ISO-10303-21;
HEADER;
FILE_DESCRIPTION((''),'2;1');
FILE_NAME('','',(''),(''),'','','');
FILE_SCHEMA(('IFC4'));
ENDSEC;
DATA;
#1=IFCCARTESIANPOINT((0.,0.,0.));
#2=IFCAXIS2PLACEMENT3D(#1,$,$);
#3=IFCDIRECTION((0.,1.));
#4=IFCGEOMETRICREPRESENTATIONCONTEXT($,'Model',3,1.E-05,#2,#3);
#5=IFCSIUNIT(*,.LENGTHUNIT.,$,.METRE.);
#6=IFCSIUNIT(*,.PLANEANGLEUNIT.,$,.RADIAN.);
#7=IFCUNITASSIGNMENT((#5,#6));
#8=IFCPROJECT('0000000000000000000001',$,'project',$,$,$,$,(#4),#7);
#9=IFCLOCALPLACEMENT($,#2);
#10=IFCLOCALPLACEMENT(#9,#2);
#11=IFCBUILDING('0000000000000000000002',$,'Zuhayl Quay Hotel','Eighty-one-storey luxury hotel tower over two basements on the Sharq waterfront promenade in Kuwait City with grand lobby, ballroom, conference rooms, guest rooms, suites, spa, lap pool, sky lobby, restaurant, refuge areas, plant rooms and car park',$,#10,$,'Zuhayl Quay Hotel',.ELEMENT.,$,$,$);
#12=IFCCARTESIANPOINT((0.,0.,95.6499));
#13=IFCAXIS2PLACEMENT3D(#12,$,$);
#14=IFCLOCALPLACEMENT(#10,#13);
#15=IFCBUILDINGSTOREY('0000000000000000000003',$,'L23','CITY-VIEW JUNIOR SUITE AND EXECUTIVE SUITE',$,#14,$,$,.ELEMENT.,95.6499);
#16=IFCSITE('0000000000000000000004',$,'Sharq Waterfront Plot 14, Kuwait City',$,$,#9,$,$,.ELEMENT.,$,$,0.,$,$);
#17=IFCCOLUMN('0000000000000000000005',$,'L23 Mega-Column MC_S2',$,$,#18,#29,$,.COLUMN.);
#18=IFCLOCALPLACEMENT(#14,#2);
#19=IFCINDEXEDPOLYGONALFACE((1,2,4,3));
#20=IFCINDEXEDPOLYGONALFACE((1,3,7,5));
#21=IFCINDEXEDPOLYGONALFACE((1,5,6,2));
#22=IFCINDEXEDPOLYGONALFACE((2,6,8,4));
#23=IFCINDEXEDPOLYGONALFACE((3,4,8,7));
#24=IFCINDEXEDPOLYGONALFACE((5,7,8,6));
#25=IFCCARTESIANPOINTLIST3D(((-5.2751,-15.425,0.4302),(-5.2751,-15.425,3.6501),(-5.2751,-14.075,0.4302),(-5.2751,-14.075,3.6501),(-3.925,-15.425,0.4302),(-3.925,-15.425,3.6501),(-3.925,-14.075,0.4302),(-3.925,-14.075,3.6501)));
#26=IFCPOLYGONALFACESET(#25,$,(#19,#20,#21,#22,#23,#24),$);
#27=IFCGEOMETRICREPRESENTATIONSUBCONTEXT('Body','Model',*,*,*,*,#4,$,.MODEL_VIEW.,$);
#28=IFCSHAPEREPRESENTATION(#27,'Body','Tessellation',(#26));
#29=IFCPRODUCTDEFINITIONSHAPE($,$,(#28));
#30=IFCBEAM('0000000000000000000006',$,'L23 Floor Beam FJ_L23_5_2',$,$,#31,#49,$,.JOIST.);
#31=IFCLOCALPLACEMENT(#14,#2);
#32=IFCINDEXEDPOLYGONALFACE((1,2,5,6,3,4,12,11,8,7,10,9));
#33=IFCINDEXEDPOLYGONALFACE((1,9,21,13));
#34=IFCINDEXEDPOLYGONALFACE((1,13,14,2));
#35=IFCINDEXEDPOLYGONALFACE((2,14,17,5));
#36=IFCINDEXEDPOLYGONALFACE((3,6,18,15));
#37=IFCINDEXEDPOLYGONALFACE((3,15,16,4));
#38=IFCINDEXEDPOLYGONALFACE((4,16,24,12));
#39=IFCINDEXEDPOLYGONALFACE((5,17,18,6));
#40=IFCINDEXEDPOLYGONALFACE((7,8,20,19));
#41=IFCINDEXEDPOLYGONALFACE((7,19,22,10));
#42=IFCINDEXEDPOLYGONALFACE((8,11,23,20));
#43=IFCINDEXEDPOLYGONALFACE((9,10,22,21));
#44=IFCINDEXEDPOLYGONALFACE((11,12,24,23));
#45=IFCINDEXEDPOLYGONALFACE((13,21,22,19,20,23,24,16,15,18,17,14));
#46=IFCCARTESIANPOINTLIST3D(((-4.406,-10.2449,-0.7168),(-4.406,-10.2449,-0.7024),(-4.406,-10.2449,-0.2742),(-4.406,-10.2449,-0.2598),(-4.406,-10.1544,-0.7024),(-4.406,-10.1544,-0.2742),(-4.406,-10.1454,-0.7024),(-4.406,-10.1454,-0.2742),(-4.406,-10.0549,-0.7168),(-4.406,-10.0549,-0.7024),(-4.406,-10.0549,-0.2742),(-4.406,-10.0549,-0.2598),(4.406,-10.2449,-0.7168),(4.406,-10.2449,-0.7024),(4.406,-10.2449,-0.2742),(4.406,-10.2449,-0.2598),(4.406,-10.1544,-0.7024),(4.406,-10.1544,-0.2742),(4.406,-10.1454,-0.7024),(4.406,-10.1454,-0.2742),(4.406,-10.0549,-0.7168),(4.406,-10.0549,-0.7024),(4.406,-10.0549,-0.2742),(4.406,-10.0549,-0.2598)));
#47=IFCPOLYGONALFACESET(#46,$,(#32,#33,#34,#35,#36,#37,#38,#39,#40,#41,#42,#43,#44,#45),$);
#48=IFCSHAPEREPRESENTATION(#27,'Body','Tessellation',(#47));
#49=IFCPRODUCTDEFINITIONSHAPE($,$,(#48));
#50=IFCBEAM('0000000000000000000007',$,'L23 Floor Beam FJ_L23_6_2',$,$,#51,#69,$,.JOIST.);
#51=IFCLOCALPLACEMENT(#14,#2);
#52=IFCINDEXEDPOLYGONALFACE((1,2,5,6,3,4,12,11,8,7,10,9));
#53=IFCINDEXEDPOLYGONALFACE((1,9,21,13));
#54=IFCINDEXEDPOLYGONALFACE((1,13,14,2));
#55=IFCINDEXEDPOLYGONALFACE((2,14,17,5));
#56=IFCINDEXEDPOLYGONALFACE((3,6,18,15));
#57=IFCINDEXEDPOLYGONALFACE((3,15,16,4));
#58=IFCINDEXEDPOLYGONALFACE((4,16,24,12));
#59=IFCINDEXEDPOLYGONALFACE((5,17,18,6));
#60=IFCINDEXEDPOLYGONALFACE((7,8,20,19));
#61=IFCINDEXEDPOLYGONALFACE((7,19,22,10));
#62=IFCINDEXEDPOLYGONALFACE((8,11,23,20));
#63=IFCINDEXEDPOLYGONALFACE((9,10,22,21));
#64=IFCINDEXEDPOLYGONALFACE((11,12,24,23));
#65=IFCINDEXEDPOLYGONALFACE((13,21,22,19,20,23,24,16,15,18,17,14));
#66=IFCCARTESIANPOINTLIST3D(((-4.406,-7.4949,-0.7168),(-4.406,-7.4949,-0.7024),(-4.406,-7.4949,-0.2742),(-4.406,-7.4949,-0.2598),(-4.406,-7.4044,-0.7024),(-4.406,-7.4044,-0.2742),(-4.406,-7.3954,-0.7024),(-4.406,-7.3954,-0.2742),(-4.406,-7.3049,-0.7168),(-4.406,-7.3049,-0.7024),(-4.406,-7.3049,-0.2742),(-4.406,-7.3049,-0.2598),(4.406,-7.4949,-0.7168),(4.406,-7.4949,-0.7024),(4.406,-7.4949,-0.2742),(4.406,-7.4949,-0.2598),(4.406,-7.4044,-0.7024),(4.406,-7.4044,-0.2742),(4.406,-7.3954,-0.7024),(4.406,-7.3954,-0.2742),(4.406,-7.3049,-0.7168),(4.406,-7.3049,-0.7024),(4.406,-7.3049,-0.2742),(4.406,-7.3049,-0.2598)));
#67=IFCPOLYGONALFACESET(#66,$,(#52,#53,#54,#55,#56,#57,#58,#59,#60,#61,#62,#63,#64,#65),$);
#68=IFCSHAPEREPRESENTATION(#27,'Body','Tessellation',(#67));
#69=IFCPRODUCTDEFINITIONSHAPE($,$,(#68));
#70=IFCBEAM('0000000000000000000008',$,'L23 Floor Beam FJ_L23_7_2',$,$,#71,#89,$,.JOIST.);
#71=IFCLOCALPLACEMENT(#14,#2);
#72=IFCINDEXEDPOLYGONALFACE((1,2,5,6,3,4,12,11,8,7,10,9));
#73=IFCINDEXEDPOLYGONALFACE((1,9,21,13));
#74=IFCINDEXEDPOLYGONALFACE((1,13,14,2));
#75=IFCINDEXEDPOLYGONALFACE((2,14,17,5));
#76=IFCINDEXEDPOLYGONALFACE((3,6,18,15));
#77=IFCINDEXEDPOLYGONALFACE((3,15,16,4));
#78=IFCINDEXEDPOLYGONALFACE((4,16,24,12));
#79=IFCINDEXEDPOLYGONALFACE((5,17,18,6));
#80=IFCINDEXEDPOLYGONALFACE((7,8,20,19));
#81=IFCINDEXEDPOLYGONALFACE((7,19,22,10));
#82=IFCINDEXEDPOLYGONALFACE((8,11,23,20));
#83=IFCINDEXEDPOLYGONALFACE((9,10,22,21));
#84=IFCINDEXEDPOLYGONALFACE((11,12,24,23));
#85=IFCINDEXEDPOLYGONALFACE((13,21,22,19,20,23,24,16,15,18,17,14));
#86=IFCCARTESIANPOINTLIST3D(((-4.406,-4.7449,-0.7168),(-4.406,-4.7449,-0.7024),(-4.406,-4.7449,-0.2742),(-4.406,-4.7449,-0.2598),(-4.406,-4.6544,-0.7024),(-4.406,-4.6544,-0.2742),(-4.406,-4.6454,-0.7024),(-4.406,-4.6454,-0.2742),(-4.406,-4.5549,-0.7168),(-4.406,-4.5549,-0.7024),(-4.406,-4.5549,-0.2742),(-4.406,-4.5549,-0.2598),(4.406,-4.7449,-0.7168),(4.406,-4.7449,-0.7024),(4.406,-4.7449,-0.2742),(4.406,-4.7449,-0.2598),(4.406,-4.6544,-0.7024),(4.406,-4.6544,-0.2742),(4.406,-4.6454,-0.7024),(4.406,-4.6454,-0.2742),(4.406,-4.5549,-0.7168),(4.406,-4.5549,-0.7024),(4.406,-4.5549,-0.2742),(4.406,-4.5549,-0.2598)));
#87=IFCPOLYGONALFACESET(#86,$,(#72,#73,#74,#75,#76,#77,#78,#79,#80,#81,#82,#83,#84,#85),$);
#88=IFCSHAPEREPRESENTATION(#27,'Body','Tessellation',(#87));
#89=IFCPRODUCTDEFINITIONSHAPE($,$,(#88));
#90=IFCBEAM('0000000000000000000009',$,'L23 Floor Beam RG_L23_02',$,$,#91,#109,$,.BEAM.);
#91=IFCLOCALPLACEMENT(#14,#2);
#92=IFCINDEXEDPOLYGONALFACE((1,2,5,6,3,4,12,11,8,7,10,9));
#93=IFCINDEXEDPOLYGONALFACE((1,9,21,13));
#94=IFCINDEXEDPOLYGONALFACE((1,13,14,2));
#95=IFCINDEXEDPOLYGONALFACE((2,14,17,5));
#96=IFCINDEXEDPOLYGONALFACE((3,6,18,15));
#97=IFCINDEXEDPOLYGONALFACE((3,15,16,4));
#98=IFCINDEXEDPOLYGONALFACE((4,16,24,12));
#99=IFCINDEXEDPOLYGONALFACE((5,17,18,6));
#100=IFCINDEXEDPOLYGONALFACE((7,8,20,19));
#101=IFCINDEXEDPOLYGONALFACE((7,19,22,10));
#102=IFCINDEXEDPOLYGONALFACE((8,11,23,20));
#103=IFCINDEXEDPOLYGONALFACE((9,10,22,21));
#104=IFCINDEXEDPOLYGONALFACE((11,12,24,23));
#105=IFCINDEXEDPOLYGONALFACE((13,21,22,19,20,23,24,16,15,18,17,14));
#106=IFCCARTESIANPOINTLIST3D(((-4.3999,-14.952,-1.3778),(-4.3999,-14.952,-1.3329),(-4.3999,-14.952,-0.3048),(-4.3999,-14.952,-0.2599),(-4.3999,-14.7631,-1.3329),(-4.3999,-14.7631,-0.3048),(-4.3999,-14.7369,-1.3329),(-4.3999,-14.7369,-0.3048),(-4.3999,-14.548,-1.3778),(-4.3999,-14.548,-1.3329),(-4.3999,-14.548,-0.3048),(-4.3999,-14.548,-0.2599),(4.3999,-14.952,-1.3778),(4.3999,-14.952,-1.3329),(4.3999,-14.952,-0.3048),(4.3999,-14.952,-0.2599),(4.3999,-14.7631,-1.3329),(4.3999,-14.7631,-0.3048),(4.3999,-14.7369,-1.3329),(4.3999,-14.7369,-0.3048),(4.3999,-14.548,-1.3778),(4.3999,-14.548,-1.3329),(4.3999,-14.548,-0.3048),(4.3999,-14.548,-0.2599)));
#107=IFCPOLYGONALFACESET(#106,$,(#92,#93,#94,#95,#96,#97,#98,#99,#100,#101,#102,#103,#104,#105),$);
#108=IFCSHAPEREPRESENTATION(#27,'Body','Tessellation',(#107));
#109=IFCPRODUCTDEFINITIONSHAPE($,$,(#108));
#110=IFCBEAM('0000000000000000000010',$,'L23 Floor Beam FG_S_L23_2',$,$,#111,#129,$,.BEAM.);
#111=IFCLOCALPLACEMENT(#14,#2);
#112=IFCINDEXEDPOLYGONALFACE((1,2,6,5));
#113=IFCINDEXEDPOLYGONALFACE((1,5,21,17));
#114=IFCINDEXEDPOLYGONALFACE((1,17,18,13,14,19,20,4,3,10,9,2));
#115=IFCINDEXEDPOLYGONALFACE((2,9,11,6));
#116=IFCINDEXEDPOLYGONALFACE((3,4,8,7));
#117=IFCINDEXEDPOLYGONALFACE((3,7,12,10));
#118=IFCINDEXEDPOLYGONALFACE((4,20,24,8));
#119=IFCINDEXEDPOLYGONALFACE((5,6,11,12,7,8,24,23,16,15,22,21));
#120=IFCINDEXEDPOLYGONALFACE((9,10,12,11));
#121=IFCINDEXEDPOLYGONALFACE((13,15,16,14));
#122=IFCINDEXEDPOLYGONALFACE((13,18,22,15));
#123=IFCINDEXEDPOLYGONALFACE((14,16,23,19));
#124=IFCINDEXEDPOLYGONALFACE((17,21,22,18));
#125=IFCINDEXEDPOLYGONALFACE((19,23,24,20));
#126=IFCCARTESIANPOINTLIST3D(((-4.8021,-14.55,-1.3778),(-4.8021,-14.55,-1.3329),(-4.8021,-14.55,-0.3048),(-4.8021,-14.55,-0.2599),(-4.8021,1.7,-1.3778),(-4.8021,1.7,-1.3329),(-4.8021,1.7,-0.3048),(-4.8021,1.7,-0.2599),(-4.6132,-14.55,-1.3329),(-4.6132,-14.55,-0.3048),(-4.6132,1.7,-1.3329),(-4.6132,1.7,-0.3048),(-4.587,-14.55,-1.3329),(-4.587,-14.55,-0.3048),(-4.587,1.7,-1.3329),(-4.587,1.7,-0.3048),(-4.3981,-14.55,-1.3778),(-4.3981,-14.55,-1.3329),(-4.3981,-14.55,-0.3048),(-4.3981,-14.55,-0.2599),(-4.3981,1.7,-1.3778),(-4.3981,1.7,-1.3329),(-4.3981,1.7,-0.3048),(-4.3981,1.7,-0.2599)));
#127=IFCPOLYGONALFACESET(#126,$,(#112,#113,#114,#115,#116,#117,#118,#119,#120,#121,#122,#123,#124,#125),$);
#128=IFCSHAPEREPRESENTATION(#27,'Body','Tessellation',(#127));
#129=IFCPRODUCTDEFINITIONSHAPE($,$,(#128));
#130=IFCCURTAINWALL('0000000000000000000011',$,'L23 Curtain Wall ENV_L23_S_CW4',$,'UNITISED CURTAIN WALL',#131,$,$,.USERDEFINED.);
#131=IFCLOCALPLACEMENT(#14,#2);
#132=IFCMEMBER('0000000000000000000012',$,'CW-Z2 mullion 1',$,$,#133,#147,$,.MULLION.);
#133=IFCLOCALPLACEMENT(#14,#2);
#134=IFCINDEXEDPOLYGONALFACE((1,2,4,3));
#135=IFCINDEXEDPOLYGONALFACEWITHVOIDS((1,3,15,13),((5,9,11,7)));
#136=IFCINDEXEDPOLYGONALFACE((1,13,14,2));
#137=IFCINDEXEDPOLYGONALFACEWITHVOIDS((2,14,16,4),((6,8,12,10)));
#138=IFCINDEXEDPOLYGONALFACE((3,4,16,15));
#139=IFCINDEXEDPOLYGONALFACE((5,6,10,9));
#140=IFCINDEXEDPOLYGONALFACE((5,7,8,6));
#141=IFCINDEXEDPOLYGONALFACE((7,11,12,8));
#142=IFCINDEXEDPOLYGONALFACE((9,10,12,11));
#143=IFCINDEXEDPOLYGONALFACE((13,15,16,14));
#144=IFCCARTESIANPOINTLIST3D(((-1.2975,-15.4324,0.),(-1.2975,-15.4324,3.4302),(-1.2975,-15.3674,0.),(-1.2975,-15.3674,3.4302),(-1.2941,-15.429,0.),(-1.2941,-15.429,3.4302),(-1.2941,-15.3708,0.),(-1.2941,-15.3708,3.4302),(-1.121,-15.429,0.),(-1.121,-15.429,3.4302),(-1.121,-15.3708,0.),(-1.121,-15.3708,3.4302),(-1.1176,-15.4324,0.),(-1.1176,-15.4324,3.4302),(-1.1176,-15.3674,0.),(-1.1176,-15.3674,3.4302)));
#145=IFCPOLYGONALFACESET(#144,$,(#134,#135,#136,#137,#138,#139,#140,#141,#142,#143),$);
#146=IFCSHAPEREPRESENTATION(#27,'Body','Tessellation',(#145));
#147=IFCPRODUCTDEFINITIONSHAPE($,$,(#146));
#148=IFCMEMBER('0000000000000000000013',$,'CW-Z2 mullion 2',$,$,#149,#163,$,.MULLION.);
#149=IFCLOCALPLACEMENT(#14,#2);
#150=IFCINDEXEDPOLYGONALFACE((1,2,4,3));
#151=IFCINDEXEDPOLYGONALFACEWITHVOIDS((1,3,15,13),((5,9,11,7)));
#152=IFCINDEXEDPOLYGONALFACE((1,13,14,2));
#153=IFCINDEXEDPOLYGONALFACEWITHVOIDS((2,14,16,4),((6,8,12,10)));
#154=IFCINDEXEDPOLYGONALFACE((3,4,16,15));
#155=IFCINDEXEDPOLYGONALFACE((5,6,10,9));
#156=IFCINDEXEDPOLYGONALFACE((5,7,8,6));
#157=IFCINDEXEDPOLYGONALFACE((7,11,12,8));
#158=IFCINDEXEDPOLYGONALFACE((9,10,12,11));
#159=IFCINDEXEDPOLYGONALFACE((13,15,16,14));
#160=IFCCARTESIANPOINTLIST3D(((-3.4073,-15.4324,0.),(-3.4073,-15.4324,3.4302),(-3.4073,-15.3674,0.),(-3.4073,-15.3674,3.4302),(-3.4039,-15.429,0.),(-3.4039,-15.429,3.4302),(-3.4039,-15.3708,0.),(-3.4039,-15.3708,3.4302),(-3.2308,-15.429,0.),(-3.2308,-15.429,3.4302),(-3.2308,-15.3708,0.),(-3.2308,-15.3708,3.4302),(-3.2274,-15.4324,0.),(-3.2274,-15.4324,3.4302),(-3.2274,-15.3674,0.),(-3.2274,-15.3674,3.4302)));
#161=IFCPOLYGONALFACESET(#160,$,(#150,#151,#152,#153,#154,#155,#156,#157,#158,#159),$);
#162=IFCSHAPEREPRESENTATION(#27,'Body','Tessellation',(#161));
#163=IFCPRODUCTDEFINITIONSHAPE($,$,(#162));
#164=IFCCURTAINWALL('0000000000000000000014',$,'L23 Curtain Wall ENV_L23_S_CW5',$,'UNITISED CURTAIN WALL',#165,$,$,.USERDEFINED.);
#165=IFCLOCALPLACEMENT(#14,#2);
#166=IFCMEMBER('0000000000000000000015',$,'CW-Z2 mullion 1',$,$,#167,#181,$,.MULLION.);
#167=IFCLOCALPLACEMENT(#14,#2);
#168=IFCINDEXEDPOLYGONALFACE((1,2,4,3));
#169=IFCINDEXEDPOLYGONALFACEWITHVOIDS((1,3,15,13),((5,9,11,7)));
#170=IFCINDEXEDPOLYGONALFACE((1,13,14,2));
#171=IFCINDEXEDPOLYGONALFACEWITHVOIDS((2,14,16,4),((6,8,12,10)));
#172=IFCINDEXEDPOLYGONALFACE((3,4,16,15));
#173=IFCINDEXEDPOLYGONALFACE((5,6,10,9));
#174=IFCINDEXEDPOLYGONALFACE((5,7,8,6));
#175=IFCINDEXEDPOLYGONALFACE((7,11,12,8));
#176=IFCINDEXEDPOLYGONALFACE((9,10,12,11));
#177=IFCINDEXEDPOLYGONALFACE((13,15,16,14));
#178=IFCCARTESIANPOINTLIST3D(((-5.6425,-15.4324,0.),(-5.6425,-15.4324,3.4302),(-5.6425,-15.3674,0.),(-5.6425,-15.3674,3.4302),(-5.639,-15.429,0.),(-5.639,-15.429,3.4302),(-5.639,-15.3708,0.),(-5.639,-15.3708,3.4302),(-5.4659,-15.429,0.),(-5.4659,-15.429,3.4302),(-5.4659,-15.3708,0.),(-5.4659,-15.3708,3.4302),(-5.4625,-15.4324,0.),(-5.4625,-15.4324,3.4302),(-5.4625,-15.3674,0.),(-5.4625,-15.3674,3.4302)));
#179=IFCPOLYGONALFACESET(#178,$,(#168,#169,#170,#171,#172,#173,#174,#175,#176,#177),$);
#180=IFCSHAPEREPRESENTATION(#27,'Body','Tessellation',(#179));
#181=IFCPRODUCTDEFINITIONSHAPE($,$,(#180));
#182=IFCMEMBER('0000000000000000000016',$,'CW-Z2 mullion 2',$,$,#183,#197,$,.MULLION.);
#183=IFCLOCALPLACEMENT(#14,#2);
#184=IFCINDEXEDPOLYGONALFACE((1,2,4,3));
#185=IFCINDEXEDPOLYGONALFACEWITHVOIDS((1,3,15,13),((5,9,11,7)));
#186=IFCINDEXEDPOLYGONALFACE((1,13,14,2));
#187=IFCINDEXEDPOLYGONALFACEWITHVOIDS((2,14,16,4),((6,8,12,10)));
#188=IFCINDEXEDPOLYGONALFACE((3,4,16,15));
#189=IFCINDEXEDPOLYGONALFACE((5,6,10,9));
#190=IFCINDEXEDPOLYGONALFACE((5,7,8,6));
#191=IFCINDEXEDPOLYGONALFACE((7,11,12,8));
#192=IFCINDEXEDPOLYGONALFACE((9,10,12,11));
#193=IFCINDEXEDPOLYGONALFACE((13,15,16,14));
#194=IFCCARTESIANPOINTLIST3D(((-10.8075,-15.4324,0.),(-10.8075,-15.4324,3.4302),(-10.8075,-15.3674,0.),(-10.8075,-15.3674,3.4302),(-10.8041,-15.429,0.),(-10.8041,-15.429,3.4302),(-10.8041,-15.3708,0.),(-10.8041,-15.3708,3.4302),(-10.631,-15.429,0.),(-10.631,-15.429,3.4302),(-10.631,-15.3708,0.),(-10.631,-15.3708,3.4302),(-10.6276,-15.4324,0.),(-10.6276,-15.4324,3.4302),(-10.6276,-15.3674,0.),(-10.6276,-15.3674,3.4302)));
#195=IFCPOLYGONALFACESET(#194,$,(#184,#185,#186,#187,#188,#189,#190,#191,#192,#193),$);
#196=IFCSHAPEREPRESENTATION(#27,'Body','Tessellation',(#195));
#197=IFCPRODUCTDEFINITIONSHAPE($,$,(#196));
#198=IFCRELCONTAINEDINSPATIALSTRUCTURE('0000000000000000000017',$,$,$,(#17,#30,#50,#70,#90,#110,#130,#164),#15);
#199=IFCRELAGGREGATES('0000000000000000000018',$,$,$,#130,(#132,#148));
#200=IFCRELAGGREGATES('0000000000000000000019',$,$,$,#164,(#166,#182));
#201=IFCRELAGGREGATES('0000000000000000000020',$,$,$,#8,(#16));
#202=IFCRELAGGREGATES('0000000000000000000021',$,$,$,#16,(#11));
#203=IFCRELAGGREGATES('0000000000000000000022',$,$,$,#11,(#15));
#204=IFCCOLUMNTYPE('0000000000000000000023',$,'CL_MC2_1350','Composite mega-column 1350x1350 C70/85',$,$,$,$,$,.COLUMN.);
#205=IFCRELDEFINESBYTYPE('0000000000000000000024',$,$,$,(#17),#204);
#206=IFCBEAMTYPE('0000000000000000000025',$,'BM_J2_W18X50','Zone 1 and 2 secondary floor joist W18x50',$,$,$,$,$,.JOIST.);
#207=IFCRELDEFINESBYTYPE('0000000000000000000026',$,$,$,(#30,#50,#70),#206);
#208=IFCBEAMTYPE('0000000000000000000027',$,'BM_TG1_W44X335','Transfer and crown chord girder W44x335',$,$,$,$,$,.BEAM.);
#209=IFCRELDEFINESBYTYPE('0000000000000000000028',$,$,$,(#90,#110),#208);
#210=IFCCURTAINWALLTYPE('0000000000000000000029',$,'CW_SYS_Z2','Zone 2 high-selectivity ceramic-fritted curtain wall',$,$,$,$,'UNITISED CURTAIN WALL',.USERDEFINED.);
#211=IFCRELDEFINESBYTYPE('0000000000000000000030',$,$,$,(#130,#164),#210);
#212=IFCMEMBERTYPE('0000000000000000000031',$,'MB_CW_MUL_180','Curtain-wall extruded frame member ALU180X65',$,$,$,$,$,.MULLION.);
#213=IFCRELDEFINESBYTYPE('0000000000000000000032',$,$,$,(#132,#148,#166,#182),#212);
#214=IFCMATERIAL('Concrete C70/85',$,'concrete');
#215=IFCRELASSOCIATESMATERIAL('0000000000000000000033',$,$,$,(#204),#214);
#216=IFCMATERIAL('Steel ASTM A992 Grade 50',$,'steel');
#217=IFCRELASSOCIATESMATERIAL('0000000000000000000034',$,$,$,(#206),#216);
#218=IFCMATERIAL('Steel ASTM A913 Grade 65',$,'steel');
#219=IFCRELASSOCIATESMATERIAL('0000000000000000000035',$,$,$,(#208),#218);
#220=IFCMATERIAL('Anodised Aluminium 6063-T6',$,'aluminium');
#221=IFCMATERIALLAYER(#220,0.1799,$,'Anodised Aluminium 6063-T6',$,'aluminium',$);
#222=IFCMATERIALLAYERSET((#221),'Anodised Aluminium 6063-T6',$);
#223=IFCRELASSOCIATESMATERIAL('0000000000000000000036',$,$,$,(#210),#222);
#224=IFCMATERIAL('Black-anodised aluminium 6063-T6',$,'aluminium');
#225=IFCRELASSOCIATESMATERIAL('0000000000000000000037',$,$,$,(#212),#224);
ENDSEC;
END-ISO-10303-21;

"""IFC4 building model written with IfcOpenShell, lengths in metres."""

from ifc_helpers import new_model, si_unit, direction, frame, origin, origin_2d, place, context, subcontext, project, spatial, rectangle, hollow_rectangle, i_section, extrude, material, layer, layer_set, material_profile, profile_set, type_object, element, aggregate, save


model = new_model("IFC4")

# Units and contexts
model_context = context("Model", 3, precision=1e-05, world=origin(), true_north=direction((0.0, 1.0)))
body_context = subcontext(model_context, "Body", "Model", "MODEL_VIEW")
ifc_project = project(units=[si_unit("LENGTHUNIT", "METRE"), si_unit("PLANEANGLEUNIT", "RADIAN")], contexts=[model_context])

# Site, building, storey
site_placement = place(None, origin())
site = spatial("IfcSite", under=ifc_project, at=site_placement, Name="Sharq Waterfront Plot 14, Kuwait City", CompositionType="ELEMENT", RefElevation=0.0)
building_placement = place(site_placement, origin())
building = spatial("IfcBuilding", under=site, at=building_placement, Name="Zuhayl Quay Hotel", Description="Eighty-one-storey luxury hotel tower over two basements on the Sharq waterfront promenade in Kuwait City with grand lobby, ballroom, conference rooms, guest rooms, suites, spa, lap pool, sky lobby, restaurant, refuge areas, plant rooms and car park", LongName="Zuhayl Quay Hotel", CompositionType="ELEMENT")
storey_placement = place(building_placement, frame((0.0, 0.0, 95.6499)))
storey = spatial("IfcBuildingStorey", under=building, at=storey_placement, Name="L23", Description="CITY-VIEW JUNIOR SUITE AND EXECUTIVE SUITE", CompositionType="ELEMENT", Elevation=95.6499)

# Column
ifc_material_1 = material(Name="Concrete C70/85", Category="concrete")
ifc_material_profile_1 = material_profile(ifc_material_1, rectangle(XDim=1.3501, YDim=1.3501, at=origin_2d()), Name="RC1350X1350")
ifc_profile_set_1 = profile_set([ifc_material_profile_1], Name="Concrete C70/85")
column_type = type_object("IfcColumnType", Name="CL_MC2_1350", Description="Composite mega-column 1350x1350 C70/85", PredefinedType="COLUMN", material=ifc_profile_set_1)
column_placement = place(storey_placement, frame((-4.6001, -14.75, 0.4302), z_axis=(0.0, 0.0, 1.0), x_axis=(1.0, 0.0, 0.0)))
element("IfcColumn", 1, at=column_placement, inside=storey, type_object=column_type, Name="L23 Mega-Column MC_S2", PredefinedType="COLUMN", context=body_context, shape_type="SweptSolid", body=[
    extrude(rectangle(XDim=1.3501, YDim=1.3501, at=origin_2d()), origin(), (0.0, 0.0, 1.0), 3.22),
])

# Beams
ifc_material_2 = material(Name="Steel ASTM A992 Grade 50", Category="steel")
ifc_material_profile_2 = material_profile(ifc_material_2, i_section(OverallWidth=0.1899, OverallDepth=0.457, WebThickness=0.009, FlangeThickness=0.0144, at=origin_2d()), Name="W18X50")
ifc_profile_set_2 = profile_set([ifc_material_profile_2], Name="Steel ASTM A992 Grade 50")
beam_type_1 = type_object("IfcBeamType", Name="BM_J2_W18X50", Description="Zone 1 and 2 secondary floor joist W18x50", PredefinedType="JOIST", material=ifc_profile_set_2)
for number, where, z_axis, x_axis, name in (
    (2, (-4.406, -10.1499, -0.4883), (1.0, 0.0, 0.0), (0.0, 1.0, 0.0), "L23 Floor Beam FJ_L23_5_2"),
    (3, (-4.406, -7.3999, -0.4883), (1.0, 0.0, 0.0), (0.0, 1.0, 0.0), "L23 Floor Beam FJ_L23_6_2"),
    (4, (-4.406, -4.6499, -0.4883), (1.0, 0.0, 0.0), (0.0, 1.0, 0.0), "L23 Floor Beam FJ_L23_7_2"),
):
    element("IfcBeam", number, at=place(storey_placement, frame(where, z_axis=z_axis, x_axis=x_axis)), inside=storey, type_object=beam_type_1, Name=name, PredefinedType="JOIST", context=body_context, shape_type="SweptSolid", body=[
        extrude(i_section(OverallWidth=0.1899, OverallDepth=0.457, WebThickness=0.009, FlangeThickness=0.0144, at=origin_2d()), origin(), (0.0, 0.0, 1.0), 8.812),
    ])
ifc_material_3 = material(Name="Steel ASTM A913 Grade 65", Category="steel")
ifc_material_profile_3 = material_profile(ifc_material_3, i_section(OverallWidth=0.4041, OverallDepth=1.1179, WebThickness=0.0261, FlangeThickness=0.0449, at=origin_2d()), Name="W44X335")
ifc_profile_set_3 = profile_set([ifc_material_profile_3], Name="Steel ASTM A913 Grade 65")
beam_type_2 = type_object("IfcBeamType", Name="BM_TG1_W44X335", Description="Transfer and crown chord girder W44x335", PredefinedType="BEAM", material=ifc_profile_set_3)
beam_1_placement = place(storey_placement, frame((-4.3999, -14.75, -0.8188), z_axis=(1.0, 0.0, 0.0), x_axis=(0.0, 1.0, 0.0)))
element("IfcBeam", 5, at=beam_1_placement, inside=storey, type_object=beam_type_2, Name="L23 Floor Beam RG_L23_02", PredefinedType="BEAM", context=body_context, shape_type="SweptSolid", body=[
    extrude(i_section(OverallWidth=0.4041, OverallDepth=1.1179, WebThickness=0.0261, FlangeThickness=0.0449, at=origin_2d()), origin(), (0.0, 0.0, 1.0), 8.7998),
])
beam_2_placement = place(storey_placement, frame((-4.6001, -14.55, -0.8188), z_axis=(0.0, 1.0, 0.0), x_axis=(-1.0, 0.0, 0.0)))
element("IfcBeam", 6, at=beam_2_placement, inside=storey, type_object=beam_type_2, Name="L23 Floor Beam FG_S_L23_2", PredefinedType="BEAM", context=body_context, shape_type="SweptSolid", body=[
    extrude(i_section(OverallWidth=0.4041, OverallDepth=1.1179, WebThickness=0.0261, FlangeThickness=0.0449, at=origin_2d()), origin(), (0.0, 0.0, 1.0), 16.25),
])

# Curtain walls, members
ifc_material_4 = material(Name="Anodised Aluminium 6063-T6", Category="aluminium")
ifc_layer_1 = layer(ifc_material_4, 0.1799, Name="Anodised Aluminium 6063-T6", Category="aluminium")
ifc_layer_set_1 = layer_set([ifc_layer_1], Name="Anodised Aluminium 6063-T6")
curtain_wall_type = type_object("IfcCurtainWallType", Name="CW_SYS_Z2", Description="Zone 2 high-selectivity ceramic-fritted curtain wall", ElementType="UNITISED CURTAIN WALL", PredefinedType="USERDEFINED", material=ifc_layer_set_1)
curtain_wall_1_placement = place(storey_placement, origin())
curtain_wall_1 = element("IfcCurtainWall", 7, at=curtain_wall_1_placement, inside=storey, type_object=curtain_wall_type, Name="L23 Curtain Wall ENV_L23_S_CW4", ObjectType="UNITISED CURTAIN WALL", PredefinedType="USERDEFINED")
ifc_material_5 = material(Name="Black-anodised aluminium 6063-T6", Category="aluminium")
ifc_material_profile_4 = material_profile(ifc_material_5, hollow_rectangle(XDim=0.0649, YDim=0.1799, WallThickness=0.0034, at=origin_2d()), Name="ALU180X65")
ifc_profile_set_4 = profile_set([ifc_material_profile_4], Name="Black-anodised aluminium 6063-T6")
member_type_1 = type_object("IfcMemberType", Name="MB_CW_MUL_180", Description="Curtain-wall extruded frame member ALU180X65", PredefinedType="MULLION", material=ifc_profile_set_4)
member_1_placement = place(storey_placement, frame((-1.2075, -15.3999, 0.0), z_axis=(0.0, 0.0, 1.0), x_axis=(0.0, -1.0, 0.0)))
member_1 = element("IfcMember", 8, at=member_1_placement, type_object=member_type_1, Name="CW-Z2 mullion 1", PredefinedType="MULLION", context=body_context, shape_type="SweptSolid", body=[
    extrude(hollow_rectangle(XDim=0.0649, YDim=0.1799, WallThickness=0.0034, at=origin_2d()), origin(), (0.0, 0.0, 1.0), 3.4302),
])
member_2_placement = place(storey_placement, frame((-3.3174, -15.3999, 0.0), z_axis=(0.0, 0.0, 1.0), x_axis=(0.0, -1.0, 0.0)))
member_2 = element("IfcMember", 9, at=member_2_placement, type_object=member_type_1, Name="CW-Z2 mullion 2", PredefinedType="MULLION", context=body_context, shape_type="SweptSolid", body=[
    extrude(hollow_rectangle(XDim=0.0649, YDim=0.1799, WallThickness=0.0034, at=origin_2d()), origin(), (0.0, 0.0, 1.0), 3.4302),
])
curtain_wall_2_placement = place(storey_placement, origin())
curtain_wall_2 = element("IfcCurtainWall", 10, at=curtain_wall_2_placement, inside=storey, type_object=curtain_wall_type, Name="L23 Curtain Wall ENV_L23_S_CW5", ObjectType="UNITISED CURTAIN WALL", PredefinedType="USERDEFINED")
member_3_placement = place(storey_placement, frame((-5.5525, -15.3999, 0.0), z_axis=(0.0, 0.0, 1.0), x_axis=(0.0, -1.0, 0.0)))
member_3 = element("IfcMember", 11, at=member_3_placement, type_object=member_type_1, Name="CW-Z2 mullion 1", PredefinedType="MULLION", context=body_context, shape_type="SweptSolid", body=[
    extrude(hollow_rectangle(XDim=0.0649, YDim=0.1799, WallThickness=0.0034, at=origin_2d()), origin(), (0.0, 0.0, 1.0), 3.4302),
])
member_4_placement = place(storey_placement, frame((-10.7175, -15.3999, 0.0), z_axis=(0.0, 0.0, 1.0), x_axis=(0.0, -1.0, 0.0)))
member_4 = element("IfcMember", 12, at=member_4_placement, type_object=member_type_1, Name="CW-Z2 mullion 2", PredefinedType="MULLION", context=body_context, shape_type="SweptSolid", body=[
    extrude(hollow_rectangle(XDim=0.0649, YDim=0.1799, WallThickness=0.0034, at=origin_2d()), origin(), (0.0, 0.0, 1.0), 3.4302),
])

aggregate(curtain_wall_1, [member_1, member_2])
aggregate(curtain_wall_2, [member_3, member_4])

save(model, "model.ifc")
